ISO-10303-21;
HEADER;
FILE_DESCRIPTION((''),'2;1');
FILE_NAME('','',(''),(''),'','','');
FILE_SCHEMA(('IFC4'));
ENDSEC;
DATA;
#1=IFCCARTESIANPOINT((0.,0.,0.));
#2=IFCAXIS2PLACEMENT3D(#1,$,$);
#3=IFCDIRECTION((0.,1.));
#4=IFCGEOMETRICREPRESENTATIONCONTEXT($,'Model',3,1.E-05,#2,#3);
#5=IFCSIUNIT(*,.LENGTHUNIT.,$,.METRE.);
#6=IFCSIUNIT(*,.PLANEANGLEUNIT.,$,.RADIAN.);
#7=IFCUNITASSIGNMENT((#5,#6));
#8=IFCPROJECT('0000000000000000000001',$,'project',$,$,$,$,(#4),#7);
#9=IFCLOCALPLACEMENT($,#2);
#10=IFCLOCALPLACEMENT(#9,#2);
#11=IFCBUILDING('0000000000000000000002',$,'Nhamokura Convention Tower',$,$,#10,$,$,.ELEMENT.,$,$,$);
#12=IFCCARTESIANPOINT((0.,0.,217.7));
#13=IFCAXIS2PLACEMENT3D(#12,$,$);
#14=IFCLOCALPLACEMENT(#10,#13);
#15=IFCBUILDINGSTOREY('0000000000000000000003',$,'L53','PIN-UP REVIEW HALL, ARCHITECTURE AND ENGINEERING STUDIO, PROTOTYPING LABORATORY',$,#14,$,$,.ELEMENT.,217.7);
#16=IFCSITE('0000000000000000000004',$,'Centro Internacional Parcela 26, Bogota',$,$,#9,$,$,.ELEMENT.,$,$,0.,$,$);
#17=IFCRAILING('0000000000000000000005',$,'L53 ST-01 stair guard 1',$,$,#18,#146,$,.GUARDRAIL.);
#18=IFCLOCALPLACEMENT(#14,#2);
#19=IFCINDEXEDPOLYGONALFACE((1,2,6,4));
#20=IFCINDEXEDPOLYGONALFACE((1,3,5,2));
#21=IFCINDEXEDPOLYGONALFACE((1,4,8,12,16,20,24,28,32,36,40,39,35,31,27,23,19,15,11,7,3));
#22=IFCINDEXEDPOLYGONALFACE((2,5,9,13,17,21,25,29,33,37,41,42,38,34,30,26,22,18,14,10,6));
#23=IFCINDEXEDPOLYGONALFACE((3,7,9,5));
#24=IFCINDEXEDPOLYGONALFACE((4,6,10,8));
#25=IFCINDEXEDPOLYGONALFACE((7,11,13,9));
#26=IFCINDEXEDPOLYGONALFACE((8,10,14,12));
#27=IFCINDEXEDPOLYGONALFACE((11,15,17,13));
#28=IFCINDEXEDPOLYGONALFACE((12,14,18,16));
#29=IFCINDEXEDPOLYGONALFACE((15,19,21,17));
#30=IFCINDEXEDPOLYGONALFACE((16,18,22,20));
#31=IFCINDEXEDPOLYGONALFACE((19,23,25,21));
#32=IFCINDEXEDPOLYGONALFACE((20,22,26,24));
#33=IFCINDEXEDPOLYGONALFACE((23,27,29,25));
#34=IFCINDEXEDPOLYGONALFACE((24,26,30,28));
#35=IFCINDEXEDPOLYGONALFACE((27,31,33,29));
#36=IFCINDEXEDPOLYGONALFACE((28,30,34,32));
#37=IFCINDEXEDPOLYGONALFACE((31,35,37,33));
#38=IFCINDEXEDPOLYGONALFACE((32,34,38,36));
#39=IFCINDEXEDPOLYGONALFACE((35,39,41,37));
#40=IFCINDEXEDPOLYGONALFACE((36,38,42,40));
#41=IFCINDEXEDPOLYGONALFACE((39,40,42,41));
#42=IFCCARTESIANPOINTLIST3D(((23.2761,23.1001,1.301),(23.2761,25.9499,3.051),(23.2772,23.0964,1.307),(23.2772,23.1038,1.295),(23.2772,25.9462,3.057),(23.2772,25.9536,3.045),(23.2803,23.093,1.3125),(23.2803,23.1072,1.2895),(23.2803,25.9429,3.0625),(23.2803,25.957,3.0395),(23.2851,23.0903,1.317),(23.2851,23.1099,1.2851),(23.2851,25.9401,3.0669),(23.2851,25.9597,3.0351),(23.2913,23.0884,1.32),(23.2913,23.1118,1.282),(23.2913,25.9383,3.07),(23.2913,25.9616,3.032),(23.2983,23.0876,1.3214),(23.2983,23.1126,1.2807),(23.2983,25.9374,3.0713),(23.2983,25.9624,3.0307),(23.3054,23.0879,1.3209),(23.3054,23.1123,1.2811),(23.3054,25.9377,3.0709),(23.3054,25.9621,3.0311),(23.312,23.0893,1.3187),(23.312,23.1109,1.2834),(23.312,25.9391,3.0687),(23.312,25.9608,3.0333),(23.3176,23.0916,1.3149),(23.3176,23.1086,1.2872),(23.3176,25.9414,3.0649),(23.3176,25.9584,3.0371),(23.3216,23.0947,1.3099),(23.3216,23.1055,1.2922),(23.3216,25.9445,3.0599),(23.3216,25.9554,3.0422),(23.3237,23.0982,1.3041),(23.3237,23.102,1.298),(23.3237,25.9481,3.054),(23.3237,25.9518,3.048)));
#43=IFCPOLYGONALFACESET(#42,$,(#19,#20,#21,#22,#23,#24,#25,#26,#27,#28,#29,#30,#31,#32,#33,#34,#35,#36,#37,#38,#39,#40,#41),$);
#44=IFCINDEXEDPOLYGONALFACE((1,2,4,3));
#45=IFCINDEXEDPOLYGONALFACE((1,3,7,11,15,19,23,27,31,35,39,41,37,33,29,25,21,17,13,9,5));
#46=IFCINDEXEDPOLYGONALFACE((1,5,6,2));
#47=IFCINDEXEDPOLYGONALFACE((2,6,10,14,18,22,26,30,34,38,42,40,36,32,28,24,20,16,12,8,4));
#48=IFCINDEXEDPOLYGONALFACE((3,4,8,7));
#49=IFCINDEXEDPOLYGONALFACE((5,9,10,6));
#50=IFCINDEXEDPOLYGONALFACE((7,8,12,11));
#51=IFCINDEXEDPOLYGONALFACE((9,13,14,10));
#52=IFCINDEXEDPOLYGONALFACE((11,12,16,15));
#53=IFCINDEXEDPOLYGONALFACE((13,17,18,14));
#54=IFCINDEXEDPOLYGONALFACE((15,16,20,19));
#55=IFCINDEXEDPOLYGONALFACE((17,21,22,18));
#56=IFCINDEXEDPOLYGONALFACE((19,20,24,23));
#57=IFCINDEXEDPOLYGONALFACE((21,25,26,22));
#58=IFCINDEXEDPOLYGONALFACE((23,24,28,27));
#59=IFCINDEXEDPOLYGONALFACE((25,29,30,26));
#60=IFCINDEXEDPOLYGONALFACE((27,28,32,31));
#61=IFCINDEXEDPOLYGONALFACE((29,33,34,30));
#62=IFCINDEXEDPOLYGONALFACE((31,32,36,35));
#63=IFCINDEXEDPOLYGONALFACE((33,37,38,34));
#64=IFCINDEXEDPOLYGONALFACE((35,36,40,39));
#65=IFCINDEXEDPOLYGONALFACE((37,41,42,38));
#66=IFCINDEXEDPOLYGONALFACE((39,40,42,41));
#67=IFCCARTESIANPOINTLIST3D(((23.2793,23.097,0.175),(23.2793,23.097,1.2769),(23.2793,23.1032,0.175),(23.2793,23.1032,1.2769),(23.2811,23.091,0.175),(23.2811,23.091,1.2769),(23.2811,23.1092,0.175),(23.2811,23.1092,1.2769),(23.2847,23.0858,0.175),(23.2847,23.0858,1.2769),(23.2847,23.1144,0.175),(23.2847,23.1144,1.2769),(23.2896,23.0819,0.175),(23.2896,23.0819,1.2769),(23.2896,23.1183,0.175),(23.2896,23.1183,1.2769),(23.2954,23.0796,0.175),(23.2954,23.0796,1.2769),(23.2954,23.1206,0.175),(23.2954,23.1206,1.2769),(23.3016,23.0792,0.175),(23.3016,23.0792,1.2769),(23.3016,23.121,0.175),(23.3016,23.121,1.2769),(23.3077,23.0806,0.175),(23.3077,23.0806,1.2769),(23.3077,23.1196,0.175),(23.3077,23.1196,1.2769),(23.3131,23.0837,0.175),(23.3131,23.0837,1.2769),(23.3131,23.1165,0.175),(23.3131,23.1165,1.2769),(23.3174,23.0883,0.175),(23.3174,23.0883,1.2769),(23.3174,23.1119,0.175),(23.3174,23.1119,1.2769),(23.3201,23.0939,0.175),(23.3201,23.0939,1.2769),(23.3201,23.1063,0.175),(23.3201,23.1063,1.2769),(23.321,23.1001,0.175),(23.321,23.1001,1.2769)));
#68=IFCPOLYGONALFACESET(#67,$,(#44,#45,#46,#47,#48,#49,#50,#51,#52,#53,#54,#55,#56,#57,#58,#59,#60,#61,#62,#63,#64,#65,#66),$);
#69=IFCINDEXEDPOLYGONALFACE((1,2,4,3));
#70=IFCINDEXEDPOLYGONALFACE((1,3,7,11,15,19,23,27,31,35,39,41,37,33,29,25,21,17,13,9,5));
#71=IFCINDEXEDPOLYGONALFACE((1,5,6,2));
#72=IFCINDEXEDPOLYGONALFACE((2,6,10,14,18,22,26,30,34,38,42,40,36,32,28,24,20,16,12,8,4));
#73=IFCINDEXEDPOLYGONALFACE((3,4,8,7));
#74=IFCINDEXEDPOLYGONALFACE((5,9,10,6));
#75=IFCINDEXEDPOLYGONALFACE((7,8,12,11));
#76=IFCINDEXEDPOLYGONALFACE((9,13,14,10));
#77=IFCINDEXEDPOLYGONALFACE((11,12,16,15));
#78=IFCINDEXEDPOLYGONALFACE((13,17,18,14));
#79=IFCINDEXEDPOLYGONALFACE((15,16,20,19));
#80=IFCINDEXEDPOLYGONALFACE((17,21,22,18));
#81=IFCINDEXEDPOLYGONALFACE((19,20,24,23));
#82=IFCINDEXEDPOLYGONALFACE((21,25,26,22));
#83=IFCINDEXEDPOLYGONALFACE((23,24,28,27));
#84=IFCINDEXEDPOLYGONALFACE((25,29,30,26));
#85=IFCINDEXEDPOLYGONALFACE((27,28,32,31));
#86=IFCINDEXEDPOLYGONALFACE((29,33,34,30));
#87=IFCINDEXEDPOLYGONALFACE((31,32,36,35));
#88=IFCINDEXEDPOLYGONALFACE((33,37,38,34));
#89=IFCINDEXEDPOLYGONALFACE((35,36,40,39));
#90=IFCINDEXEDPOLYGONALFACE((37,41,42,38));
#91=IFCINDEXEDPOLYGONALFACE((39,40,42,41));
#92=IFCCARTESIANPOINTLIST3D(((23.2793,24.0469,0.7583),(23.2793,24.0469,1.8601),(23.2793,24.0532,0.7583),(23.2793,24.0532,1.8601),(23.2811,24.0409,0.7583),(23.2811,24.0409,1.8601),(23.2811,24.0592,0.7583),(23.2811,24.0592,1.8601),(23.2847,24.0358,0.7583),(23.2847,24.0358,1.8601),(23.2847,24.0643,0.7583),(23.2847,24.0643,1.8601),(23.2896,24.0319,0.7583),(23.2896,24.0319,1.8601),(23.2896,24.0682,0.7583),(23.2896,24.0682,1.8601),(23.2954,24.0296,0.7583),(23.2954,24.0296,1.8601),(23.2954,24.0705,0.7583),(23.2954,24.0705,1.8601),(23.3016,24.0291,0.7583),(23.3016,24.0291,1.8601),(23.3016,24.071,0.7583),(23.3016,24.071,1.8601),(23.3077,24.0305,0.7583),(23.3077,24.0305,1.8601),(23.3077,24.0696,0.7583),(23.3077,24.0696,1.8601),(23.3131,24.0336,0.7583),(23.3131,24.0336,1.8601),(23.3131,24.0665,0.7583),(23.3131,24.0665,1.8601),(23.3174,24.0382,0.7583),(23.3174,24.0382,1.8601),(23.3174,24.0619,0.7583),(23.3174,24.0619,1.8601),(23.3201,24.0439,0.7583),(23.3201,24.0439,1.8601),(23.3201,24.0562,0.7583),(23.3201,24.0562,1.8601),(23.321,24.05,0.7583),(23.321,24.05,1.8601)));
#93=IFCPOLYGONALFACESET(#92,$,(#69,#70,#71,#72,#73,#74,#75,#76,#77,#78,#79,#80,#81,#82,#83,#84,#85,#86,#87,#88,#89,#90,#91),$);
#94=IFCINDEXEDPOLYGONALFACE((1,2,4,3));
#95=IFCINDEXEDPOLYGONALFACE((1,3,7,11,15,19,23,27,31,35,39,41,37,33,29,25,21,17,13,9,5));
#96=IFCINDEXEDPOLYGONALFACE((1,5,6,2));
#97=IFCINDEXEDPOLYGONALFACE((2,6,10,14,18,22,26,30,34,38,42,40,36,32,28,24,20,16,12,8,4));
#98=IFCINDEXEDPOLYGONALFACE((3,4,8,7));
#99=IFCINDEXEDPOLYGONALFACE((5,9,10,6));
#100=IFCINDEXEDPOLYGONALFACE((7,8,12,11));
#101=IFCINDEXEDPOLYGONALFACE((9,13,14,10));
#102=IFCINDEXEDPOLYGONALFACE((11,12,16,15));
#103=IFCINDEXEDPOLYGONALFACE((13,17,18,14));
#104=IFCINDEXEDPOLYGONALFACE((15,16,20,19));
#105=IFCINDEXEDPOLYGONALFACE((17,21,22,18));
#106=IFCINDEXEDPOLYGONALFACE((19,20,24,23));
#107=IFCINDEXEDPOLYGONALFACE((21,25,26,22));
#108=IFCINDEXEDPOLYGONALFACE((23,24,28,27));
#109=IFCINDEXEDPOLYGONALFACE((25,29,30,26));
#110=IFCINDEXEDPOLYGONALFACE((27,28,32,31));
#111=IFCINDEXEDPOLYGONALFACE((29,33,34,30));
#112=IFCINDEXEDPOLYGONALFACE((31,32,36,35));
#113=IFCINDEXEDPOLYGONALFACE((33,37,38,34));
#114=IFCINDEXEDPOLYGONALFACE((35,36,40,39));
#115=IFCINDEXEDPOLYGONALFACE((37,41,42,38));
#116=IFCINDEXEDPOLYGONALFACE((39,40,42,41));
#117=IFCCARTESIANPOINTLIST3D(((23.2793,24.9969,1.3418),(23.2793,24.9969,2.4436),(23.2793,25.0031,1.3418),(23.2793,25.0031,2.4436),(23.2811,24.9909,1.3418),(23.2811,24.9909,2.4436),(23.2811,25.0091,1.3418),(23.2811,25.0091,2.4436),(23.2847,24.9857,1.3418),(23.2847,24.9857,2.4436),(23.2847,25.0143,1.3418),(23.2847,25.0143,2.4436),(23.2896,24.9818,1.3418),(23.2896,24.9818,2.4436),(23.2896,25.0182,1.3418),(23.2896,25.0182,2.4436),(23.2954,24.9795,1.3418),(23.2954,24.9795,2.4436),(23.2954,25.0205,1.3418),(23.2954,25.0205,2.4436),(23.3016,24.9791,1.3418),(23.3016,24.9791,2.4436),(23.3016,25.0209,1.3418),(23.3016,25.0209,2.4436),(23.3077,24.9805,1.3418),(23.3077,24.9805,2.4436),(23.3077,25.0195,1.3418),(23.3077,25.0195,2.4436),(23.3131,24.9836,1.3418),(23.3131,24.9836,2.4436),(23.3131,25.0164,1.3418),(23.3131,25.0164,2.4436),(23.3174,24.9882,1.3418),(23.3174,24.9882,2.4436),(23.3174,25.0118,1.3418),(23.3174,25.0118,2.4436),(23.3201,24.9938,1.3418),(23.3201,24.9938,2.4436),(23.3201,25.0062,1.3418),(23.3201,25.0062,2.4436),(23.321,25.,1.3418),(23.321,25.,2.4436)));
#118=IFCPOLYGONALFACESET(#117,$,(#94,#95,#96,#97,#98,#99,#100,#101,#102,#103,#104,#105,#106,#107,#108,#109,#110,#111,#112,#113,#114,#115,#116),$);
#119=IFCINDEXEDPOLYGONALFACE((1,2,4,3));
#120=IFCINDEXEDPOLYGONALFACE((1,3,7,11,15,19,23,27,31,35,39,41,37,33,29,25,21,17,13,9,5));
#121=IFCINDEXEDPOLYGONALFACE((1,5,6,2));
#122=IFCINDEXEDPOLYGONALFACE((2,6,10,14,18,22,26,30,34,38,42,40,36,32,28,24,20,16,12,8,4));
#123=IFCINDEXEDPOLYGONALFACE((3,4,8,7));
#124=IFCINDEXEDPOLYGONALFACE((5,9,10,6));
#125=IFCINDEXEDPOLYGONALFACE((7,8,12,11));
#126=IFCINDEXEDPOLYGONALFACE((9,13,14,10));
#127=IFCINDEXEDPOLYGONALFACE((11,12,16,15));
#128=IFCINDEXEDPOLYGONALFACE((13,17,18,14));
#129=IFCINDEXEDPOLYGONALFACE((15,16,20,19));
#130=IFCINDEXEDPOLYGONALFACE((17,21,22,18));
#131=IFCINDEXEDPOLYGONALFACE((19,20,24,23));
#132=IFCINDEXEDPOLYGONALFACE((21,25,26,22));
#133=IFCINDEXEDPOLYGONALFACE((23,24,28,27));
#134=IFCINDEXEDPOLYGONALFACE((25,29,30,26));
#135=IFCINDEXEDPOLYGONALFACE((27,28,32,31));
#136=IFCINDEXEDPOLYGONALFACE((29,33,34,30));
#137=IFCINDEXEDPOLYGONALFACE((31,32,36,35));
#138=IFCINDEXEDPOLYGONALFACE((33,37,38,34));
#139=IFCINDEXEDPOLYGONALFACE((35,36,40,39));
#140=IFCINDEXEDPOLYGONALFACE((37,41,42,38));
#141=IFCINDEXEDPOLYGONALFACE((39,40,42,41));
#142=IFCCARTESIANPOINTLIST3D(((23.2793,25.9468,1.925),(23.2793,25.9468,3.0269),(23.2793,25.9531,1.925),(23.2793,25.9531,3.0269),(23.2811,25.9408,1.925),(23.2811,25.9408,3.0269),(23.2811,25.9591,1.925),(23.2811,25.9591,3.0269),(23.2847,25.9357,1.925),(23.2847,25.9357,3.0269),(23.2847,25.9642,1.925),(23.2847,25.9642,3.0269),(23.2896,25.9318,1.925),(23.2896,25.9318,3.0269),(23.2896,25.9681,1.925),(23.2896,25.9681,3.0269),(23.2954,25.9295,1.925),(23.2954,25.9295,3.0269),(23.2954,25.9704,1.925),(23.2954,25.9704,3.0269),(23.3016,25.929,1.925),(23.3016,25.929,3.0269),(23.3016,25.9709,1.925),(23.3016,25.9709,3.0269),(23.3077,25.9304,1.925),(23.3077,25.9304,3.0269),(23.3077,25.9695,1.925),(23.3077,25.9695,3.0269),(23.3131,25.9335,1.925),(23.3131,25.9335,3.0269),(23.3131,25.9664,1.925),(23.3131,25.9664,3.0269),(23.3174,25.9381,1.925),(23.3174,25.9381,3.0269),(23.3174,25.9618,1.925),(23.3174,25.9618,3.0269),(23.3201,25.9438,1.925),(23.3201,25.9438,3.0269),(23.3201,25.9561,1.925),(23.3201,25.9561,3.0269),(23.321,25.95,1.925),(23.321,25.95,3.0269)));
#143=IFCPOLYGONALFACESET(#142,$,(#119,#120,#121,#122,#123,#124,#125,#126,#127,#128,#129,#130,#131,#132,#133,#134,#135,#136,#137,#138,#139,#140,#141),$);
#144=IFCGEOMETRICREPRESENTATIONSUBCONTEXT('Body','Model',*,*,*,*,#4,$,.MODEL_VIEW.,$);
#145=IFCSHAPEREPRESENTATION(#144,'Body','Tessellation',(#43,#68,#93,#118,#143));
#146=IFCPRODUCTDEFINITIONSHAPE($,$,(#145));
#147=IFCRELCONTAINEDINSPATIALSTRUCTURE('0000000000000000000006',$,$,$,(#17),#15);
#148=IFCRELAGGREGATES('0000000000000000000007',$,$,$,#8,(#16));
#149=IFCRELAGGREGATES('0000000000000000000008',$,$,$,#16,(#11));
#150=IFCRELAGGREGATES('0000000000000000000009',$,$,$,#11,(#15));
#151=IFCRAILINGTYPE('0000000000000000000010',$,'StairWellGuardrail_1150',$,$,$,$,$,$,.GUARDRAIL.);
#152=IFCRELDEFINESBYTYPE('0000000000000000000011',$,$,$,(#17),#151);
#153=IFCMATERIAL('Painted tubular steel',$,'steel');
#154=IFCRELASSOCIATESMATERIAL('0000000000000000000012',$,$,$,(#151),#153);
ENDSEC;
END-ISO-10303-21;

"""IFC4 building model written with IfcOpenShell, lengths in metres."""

from ifc_helpers import new_model, si_unit, direction, frame, origin, origin_2d, place, context, subcontext, project, spatial, circle, extrude, material, type_object, element, save


model = new_model("IFC4")

# Units and contexts
model_context = context("Model", 3, precision=1e-05, world=origin(), true_north=direction((0.0, 1.0)))
body_context = subcontext(model_context, "Body", "Model", "MODEL_VIEW")
ifc_project = project(units=[si_unit("LENGTHUNIT", "METRE"), si_unit("PLANEANGLEUNIT", "RADIAN")], contexts=[model_context])

# Site, building, storey
site_placement = place(None, origin())
site = spatial("IfcSite", under=ifc_project, at=site_placement, Name="Centro Internacional Parcela 26, Bogota", CompositionType="ELEMENT", RefElevation=0.0)
building_placement = place(site_placement, origin())
building = spatial("IfcBuilding", under=site, at=building_placement, Name="Nhamokura Convention Tower", CompositionType="ELEMENT")
storey_placement = place(building_placement, frame((0.0, 0.0, 217.7)))
storey = spatial("IfcBuildingStorey", under=building, at=storey_placement, Name="L53", Description="PIN-UP REVIEW HALL, ARCHITECTURE AND ENGINEERING STUDIO, PROTOTYPING LABORATORY", CompositionType="ELEMENT", Elevation=217.7)

# Railing
ifc_material_1 = material(Name="Painted tubular steel", Category="steel")
railing_type_1 = type_object("IfcRailingType", Name="StairWellGuardrail_1150", PredefinedType="GUARDRAIL", material=ifc_material_1)
railing_1_placement = place(storey_placement, frame((23.3, 23.1001, 0.175)))
element("IfcRailing", 1, at=railing_1_placement, inside=storey, type_object=railing_type_1, Name="L53 ST-01 stair guard 1", PredefinedType="GUARDRAIL", context=body_context, shape_type="SweptSolid", body=[
    extrude(circle(Radius=0.0239, at=origin_2d()), frame((0.0, 0.0, 1.126), z_axis=(0.0, 0.852159, 0.523283), x_axis=(-1.0, 0.0, 0.0)), (0.0, 0.0, 1.0), 3.3442),
    extrude(circle(Radius=0.021, at=origin_2d()), origin(), (0.0, 0.0, 1.0), 1.1018),
    extrude(circle(Radius=0.021, at=origin_2d()), frame((0.0, 0.95, 0.5833)), (0.0, 0.0, 1.0), 1.1018),
    extrude(circle(Radius=0.021, at=origin_2d()), frame((0.0, 1.8999, 1.1667)), (0.0, 0.0, 1.0), 1.1018),
    extrude(circle(Radius=0.021, at=origin_2d()), frame((0.0, 2.8499, 1.75)), (0.0, 0.0, 1.0), 1.1018),
])

save(model, "model.ifc")
